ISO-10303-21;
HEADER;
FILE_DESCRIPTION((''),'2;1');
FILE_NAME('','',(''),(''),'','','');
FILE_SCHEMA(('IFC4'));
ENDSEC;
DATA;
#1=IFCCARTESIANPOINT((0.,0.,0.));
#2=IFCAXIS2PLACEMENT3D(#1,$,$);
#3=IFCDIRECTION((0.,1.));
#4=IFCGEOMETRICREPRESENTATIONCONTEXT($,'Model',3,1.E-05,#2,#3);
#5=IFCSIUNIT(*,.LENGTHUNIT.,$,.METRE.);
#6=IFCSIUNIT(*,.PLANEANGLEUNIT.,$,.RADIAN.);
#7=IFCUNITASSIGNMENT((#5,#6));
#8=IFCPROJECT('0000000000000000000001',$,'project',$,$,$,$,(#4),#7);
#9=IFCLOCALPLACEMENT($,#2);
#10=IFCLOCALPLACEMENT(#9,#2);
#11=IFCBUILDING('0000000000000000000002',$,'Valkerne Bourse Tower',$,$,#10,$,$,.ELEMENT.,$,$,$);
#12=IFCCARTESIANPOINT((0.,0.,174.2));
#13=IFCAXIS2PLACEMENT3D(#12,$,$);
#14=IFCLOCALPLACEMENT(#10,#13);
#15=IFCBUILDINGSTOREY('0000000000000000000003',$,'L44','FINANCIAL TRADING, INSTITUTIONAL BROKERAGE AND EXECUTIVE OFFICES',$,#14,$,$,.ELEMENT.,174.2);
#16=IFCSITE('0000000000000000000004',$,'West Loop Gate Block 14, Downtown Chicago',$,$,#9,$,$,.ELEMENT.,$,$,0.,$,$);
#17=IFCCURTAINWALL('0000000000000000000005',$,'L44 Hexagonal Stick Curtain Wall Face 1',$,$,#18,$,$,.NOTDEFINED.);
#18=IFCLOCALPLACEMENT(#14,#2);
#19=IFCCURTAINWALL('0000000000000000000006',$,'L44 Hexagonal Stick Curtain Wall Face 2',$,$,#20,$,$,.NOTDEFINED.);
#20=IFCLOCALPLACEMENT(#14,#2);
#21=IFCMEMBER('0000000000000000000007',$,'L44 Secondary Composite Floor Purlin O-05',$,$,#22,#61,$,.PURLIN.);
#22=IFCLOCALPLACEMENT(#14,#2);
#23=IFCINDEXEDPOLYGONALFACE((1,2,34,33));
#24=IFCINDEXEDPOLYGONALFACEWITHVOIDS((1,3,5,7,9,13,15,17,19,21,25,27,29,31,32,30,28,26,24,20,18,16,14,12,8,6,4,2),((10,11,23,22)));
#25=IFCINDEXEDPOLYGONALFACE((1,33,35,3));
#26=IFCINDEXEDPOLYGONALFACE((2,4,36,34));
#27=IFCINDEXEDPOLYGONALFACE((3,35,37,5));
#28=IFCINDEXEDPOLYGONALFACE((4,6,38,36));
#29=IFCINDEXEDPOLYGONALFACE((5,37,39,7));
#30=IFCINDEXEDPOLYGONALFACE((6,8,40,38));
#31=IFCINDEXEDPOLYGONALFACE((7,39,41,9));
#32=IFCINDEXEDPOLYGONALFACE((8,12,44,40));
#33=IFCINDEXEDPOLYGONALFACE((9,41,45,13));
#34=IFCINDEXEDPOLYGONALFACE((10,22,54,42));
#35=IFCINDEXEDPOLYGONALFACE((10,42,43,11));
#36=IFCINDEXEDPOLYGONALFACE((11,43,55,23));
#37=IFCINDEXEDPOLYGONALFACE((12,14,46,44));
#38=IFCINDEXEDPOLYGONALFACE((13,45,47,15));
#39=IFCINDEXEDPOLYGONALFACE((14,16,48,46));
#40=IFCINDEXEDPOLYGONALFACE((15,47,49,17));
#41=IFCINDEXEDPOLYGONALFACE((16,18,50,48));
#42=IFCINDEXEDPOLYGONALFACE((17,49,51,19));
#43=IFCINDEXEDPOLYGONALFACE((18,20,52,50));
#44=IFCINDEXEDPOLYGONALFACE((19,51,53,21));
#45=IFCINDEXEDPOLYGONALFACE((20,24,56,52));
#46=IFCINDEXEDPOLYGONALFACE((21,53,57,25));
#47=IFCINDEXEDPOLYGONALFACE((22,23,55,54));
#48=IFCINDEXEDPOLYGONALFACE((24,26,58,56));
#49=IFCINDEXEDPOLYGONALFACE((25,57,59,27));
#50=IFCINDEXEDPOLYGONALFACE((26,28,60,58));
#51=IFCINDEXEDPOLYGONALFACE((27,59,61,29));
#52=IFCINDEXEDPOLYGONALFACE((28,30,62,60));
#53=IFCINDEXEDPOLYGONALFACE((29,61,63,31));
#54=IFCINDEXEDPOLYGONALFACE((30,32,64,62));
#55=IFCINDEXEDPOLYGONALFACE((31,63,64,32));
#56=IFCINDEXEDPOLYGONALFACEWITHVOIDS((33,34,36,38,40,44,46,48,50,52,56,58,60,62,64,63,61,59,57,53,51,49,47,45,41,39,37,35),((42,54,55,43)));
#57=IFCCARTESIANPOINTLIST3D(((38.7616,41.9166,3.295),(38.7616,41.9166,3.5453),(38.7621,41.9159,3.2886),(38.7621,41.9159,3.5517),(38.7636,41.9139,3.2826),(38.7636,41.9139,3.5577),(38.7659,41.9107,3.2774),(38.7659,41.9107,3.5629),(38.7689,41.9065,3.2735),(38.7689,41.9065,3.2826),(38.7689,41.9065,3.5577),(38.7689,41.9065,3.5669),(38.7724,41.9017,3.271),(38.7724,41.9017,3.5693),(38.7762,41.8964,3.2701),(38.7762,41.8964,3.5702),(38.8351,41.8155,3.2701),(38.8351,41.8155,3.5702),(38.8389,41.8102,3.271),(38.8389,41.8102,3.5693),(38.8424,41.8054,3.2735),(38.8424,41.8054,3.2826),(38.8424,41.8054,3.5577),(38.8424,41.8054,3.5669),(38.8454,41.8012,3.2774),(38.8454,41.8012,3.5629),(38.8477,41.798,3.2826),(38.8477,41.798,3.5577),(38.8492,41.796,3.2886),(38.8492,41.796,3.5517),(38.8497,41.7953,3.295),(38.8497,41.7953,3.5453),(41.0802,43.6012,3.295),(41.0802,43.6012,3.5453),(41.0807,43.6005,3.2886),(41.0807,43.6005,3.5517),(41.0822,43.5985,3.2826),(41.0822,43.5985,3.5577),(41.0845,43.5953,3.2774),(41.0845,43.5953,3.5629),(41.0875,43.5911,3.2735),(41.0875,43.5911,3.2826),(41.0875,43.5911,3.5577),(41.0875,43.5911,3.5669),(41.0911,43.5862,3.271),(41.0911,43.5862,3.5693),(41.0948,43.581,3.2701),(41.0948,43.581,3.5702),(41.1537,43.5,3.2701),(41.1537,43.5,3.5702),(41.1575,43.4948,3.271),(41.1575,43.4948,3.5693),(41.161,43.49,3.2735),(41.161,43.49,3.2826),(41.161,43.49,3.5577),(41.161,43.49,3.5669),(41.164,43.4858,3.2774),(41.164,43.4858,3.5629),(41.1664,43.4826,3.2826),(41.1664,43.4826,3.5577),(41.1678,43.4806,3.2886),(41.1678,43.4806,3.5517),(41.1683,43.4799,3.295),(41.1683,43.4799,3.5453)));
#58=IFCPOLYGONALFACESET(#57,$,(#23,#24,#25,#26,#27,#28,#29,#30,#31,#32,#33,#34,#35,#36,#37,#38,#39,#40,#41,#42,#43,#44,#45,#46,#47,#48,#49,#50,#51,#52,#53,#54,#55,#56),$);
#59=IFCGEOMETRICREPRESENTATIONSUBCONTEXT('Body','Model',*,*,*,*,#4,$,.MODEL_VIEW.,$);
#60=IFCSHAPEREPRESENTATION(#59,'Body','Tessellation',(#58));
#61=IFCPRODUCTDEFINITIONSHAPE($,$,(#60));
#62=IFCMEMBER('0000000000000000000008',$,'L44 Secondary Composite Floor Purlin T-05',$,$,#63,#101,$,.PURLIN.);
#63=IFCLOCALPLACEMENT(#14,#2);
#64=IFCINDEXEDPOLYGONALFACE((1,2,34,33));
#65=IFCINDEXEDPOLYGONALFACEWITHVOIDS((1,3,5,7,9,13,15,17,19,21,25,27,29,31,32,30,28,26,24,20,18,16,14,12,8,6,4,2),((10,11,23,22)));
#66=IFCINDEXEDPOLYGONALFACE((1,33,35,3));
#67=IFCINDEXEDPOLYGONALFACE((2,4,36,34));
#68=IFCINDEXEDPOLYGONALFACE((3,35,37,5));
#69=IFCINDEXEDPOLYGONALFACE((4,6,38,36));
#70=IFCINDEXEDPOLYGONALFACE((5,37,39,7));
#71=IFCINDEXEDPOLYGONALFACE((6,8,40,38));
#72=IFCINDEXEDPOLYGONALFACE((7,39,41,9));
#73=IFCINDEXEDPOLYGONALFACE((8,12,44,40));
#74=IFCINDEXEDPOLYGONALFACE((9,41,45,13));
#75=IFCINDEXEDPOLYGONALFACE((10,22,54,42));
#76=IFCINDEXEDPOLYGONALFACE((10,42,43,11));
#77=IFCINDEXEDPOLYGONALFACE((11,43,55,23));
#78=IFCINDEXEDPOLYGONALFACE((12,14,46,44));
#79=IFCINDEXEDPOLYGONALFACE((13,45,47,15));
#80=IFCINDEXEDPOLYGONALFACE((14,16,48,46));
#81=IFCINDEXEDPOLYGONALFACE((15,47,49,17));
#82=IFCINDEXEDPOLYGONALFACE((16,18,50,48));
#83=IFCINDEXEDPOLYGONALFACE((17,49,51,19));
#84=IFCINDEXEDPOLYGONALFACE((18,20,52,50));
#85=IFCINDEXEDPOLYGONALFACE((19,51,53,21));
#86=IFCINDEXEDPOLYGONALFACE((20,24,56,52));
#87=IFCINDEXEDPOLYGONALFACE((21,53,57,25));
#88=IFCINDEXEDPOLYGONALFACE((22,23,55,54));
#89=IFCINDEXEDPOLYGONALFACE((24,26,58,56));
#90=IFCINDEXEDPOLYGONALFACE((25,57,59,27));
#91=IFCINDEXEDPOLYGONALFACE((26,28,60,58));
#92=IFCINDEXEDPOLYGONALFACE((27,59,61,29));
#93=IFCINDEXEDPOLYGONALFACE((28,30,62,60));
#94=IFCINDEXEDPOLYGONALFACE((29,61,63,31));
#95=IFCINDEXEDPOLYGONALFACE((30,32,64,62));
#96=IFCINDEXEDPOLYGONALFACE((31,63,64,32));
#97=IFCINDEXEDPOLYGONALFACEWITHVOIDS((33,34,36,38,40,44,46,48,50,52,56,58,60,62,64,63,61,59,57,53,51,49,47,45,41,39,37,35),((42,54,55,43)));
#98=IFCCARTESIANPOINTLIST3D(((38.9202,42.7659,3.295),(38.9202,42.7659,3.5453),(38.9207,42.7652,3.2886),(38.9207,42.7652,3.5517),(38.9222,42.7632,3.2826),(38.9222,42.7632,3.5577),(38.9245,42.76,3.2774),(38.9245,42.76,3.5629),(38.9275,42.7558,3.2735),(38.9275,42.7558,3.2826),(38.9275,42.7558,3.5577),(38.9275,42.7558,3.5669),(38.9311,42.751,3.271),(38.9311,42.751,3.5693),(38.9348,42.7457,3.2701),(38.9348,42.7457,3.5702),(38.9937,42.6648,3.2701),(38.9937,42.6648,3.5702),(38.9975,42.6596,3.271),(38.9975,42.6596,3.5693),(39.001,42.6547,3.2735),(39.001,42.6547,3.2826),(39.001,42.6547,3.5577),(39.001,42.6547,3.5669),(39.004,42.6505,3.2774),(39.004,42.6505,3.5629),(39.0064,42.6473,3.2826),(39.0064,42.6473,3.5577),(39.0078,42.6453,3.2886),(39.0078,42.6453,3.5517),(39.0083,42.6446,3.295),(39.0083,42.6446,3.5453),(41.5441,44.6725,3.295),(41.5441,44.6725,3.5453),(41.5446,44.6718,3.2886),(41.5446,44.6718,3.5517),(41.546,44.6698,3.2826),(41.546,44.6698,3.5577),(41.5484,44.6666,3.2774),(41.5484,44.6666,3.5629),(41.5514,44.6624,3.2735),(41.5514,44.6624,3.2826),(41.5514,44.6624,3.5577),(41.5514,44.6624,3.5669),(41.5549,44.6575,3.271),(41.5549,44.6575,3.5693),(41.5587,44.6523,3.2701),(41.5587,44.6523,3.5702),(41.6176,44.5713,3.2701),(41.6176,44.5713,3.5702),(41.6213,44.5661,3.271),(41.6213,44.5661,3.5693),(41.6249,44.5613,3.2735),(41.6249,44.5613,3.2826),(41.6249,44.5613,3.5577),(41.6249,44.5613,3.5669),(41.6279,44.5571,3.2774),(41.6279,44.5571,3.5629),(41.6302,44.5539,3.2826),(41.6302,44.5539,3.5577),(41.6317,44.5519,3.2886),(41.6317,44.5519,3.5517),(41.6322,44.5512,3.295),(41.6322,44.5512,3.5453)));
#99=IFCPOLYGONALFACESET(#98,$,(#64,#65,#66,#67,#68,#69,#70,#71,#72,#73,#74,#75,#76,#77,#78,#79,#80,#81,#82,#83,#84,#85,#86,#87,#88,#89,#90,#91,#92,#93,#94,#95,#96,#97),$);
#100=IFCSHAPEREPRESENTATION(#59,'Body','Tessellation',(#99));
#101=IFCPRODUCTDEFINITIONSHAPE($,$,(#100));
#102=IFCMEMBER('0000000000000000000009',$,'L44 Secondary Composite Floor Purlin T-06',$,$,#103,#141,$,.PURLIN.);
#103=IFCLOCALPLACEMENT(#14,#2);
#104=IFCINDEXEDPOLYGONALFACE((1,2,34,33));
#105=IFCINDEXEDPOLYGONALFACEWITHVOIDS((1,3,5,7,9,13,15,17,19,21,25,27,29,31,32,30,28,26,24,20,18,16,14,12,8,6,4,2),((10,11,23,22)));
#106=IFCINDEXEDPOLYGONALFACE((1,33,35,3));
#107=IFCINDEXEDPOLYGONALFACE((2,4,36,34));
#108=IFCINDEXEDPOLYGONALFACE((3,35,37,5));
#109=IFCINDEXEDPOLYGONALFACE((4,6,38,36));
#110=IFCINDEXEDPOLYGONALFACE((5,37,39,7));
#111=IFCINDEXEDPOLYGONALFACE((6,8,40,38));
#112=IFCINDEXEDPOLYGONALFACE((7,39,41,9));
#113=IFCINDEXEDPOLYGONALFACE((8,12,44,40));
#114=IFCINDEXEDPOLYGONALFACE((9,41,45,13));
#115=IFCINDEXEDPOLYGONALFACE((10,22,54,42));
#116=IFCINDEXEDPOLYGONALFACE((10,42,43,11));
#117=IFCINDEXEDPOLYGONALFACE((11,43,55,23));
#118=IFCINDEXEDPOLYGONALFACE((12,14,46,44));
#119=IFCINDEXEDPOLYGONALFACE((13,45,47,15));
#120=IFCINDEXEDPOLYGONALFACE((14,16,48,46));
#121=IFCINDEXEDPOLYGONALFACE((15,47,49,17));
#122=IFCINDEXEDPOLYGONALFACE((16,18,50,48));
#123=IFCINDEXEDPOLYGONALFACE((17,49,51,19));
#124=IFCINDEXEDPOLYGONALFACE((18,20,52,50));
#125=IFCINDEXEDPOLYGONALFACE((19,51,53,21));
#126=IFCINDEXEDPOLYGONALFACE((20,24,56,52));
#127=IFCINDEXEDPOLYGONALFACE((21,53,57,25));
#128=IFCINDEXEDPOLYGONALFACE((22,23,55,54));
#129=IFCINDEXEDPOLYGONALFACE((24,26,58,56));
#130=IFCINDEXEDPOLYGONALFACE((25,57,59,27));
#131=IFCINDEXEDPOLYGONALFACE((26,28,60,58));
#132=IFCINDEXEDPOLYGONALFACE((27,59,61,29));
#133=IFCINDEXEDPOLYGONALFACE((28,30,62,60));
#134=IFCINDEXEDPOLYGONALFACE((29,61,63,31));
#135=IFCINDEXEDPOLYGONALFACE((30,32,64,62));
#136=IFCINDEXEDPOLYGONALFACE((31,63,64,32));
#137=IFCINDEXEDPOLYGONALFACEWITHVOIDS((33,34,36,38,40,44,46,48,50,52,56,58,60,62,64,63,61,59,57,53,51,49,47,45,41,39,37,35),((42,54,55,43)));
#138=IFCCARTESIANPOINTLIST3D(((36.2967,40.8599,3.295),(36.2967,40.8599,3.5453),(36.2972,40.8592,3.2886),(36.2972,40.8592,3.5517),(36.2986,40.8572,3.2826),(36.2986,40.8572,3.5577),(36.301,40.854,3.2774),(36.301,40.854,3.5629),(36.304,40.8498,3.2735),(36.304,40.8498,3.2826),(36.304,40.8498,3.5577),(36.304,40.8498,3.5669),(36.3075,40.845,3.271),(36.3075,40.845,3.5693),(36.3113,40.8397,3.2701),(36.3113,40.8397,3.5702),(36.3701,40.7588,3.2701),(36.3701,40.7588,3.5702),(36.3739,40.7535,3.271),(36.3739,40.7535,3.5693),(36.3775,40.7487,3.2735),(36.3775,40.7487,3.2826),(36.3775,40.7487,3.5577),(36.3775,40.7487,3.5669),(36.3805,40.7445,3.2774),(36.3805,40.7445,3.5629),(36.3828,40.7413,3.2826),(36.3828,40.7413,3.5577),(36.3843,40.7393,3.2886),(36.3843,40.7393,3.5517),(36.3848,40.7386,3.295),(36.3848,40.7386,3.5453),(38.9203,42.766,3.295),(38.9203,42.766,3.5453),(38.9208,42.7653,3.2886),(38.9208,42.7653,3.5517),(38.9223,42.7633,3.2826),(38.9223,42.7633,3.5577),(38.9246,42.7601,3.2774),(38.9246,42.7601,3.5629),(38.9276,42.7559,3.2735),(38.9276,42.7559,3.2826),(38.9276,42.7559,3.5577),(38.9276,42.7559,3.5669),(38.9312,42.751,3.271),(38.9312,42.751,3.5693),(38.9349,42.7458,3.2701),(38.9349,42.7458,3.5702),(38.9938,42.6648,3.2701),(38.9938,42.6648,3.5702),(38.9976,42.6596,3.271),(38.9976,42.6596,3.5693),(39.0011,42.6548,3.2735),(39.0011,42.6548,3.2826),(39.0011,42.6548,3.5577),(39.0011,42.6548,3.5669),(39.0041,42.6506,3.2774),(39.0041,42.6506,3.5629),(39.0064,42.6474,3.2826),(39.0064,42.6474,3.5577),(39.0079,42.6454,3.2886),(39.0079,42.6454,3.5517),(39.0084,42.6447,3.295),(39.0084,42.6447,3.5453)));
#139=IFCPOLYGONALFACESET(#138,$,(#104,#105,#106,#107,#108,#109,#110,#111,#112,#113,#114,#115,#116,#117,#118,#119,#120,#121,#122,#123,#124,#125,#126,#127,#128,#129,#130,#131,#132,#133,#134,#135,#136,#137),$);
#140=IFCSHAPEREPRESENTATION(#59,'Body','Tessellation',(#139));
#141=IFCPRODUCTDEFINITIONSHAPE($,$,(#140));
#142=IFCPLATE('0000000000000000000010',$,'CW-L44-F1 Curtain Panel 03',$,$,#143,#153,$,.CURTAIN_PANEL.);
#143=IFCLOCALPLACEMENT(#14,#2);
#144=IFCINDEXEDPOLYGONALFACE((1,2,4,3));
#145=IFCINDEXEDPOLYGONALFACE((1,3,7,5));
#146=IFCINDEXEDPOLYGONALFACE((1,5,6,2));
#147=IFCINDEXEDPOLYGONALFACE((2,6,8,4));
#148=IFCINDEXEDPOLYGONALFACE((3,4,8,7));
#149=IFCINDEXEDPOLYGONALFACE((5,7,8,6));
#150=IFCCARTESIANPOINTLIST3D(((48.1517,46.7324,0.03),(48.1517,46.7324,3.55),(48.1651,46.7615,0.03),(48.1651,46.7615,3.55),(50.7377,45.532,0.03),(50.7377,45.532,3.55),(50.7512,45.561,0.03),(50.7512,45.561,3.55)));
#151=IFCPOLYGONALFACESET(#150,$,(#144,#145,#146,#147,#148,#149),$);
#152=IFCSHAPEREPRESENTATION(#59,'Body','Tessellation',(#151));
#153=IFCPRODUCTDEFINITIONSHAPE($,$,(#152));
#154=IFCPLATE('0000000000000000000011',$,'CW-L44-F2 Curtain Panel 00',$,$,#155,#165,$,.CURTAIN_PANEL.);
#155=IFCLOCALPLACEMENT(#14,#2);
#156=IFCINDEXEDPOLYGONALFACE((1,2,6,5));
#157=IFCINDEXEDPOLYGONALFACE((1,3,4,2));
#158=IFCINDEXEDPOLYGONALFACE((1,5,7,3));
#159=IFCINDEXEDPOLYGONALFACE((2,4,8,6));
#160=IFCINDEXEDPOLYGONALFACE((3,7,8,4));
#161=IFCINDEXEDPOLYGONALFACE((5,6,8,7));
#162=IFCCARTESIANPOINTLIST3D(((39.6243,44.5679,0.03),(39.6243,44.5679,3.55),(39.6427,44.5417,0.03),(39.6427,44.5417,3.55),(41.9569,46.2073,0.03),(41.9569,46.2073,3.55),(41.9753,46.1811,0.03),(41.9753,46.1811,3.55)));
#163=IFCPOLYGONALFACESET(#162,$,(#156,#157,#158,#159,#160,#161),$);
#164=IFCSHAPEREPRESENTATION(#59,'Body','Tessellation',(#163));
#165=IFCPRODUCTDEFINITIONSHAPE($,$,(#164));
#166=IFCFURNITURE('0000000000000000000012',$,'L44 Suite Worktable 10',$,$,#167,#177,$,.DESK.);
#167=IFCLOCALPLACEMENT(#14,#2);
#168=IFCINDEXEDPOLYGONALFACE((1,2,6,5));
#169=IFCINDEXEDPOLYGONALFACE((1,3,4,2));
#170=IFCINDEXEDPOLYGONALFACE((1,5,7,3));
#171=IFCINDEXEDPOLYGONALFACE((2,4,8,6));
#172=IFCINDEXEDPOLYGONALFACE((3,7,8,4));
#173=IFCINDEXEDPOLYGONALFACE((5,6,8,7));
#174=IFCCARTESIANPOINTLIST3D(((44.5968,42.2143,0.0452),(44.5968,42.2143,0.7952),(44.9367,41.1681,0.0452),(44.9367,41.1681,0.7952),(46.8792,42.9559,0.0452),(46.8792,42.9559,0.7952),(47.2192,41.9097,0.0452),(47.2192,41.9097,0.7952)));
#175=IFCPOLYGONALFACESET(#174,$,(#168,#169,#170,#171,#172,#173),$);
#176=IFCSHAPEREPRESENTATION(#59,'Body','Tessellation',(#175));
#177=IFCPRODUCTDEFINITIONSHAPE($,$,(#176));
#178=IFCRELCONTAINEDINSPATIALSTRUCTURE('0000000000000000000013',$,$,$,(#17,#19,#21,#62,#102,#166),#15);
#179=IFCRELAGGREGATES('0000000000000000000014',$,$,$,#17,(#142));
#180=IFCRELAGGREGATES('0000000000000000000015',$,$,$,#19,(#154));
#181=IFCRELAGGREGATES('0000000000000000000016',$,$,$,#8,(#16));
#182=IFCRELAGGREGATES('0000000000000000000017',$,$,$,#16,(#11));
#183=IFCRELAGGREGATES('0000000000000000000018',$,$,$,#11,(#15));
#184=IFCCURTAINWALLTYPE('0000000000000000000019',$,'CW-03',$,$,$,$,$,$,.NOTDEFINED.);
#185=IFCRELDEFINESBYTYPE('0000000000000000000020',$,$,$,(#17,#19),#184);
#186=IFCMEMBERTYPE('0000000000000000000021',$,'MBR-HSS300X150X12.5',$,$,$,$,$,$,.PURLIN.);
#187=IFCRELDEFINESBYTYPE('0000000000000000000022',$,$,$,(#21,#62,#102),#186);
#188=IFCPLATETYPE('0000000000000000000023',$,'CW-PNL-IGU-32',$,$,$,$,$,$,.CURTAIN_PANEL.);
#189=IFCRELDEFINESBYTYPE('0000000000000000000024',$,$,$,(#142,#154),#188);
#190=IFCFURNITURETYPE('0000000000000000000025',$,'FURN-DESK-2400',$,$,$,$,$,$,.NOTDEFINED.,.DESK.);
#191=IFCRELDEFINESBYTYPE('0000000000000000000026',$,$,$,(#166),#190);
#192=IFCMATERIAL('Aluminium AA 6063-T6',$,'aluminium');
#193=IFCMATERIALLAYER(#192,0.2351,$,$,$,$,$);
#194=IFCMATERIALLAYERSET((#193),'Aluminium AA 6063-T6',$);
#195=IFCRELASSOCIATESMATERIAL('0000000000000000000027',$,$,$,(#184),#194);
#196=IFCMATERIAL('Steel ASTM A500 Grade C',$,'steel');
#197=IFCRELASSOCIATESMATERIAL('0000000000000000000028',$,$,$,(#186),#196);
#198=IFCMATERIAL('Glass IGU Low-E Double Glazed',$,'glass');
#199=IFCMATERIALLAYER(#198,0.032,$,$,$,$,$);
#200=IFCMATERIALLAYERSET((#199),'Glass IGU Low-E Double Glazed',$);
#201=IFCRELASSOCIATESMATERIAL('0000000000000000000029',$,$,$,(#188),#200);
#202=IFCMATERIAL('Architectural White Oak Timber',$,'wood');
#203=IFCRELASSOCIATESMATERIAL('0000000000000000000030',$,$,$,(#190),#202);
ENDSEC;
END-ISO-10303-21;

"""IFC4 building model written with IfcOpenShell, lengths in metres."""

from ifc_helpers import new_model, si_unit, direction, frame, origin, origin_2d, place, context, subcontext, project, spatial, rectangle, hollow_rectangle, extrude, material, layer, layer_set, material_profile, profile_set, type_object, element, aggregate, save


model = new_model("IFC4")

# Units and contexts
model_context = context("Model", 3, precision=1e-05, world=origin(), true_north=direction((0.0, 1.0)))
body_context = subcontext(model_context, "Body", "Model", "MODEL_VIEW")
ifc_project = project(units=[si_unit("LENGTHUNIT", "METRE"), si_unit("PLANEANGLEUNIT", "RADIAN")], contexts=[model_context])

# Site, building, storey
site_placement = place(None, origin())
site = spatial("IfcSite", under=ifc_project, at=site_placement, Name="West Loop Gate Block 14, Downtown Chicago", CompositionType="ELEMENT", RefElevation=0.0)
building_placement = place(site_placement, origin())
building = spatial("IfcBuilding", under=site, at=building_placement, Name="Valkerne Bourse Tower", CompositionType="ELEMENT")
storey_placement = place(building_placement, frame((0.0, 0.0, 174.2)))
storey = spatial("IfcBuildingStorey", under=building, at=storey_placement, Name="L44", Description="FINANCIAL TRADING, INSTITUTIONAL BROKERAGE AND EXECUTIVE OFFICES", CompositionType="ELEMENT", Elevation=174.2)

# Curtain walls
ifc_material_1 = material(Name="Aluminium AA 6063-T6", Category="aluminium")
ifc_layer_1 = layer(ifc_material_1, 0.2351)
ifc_layer_set_1 = layer_set([ifc_layer_1], Name="Aluminium AA 6063-T6")
curtain_wall_type = type_object("IfcCurtainWallType", Name="CW-03", PredefinedType="NOTDEFINED", material=ifc_layer_set_1)
curtain_wall_1_placement = place(storey_placement, origin())
curtain_wall_1 = element("IfcCurtainWall", 1, at=curtain_wall_1_placement, inside=storey, type_object=curtain_wall_type, Name="L44 Hexagonal Stick Curtain Wall Face 1", PredefinedType="NOTDEFINED")
curtain_wall_2_placement = place(storey_placement, origin())
curtain_wall_2 = element("IfcCurtainWall", 2, at=curtain_wall_2_placement, inside=storey, type_object=curtain_wall_type, Name="L44 Hexagonal Stick Curtain Wall Face 2", PredefinedType="NOTDEFINED")

# Members
ifc_material_2 = material(Name="Steel ASTM A500 Grade C", Category="steel")
ifc_material_profile_1 = material_profile(ifc_material_2, hollow_rectangle(XDim=0.1499, YDim=0.3, WallThickness=0.0125, OuterFilletRadius=0.0249, at=origin_2d()), Name="HSS300X150X12.5")
ifc_profile_set_1 = profile_set([ifc_material_profile_1], Name="Steel ASTM A500 Grade C")
member_type_1 = type_object("IfcMemberType", Name="MBR-HSS300X150X12.5", PredefinedType="PURLIN", material=ifc_profile_set_1)
member_1_placement = place(storey_placement, frame((41.1243, 43.5405, 3.4202), z_axis=(-0.809016, -0.587787, 0.0), x_axis=(0.587787, -0.809016, 0.0)))
element("IfcMember", 3, at=member_1_placement, inside=storey, type_object=member_type_1, Name="L44 Secondary Composite Floor Purlin O-05", PredefinedType="PURLIN", context=body_context, shape_type="SweptSolid", body=[
    extrude(hollow_rectangle(XDim=0.1499, YDim=0.3, WallThickness=0.0125, OuterFilletRadius=0.0249, at=origin_2d()), origin(), (0.0, 0.0, 1.0), 2.866),
])
member_2_placement = place(storey_placement, frame((41.5881, 44.6118, 3.4202), z_axis=(-0.808987, -0.587827, 0.0), x_axis=(0.587827, -0.808987, 0.0)))
element("IfcMember", 4, at=member_2_placement, inside=storey, type_object=member_type_1, Name="L44 Secondary Composite Floor Purlin T-05", PredefinedType="PURLIN", context=body_context, shape_type="SweptSolid", body=[
    extrude(hollow_rectangle(XDim=0.1499, YDim=0.3, WallThickness=0.0125, OuterFilletRadius=0.0249, at=origin_2d()), origin(), (0.0, 0.0, 1.0), 3.2434),
])
member_3_placement = place(storey_placement, frame((38.9644, 42.7053, 3.4202), z_axis=(-0.809032, -0.587764, 0.0), x_axis=(0.587764, -0.809032, 0.0)))
element("IfcMember", 5, at=member_3_placement, inside=storey, type_object=member_type_1, Name="L44 Secondary Composite Floor Purlin T-06", PredefinedType="PURLIN", context=body_context, shape_type="SweptSolid", body=[
    extrude(hollow_rectangle(XDim=0.1499, YDim=0.3, WallThickness=0.0125, OuterFilletRadius=0.0249, at=origin_2d()), origin(), (0.0, 0.0, 1.0), 3.2429),
])

# Plates
ifc_material_3 = material(Name="Glass IGU Low-E Double Glazed", Category="glass")
ifc_layer_2 = layer(ifc_material_3, 0.032)
ifc_layer_set_2 = layer_set([ifc_layer_2], Name="Glass IGU Low-E Double Glazed")
plate_type = type_object("IfcPlateType", Name="CW-PNL-IGU-32", PredefinedType="CURTAIN_PANEL", material=ifc_layer_set_2)
plate_1_placement = place(storey_placement, frame((49.4514, 46.1467, 0.03), z_axis=(0.0, 0.0, 1.0), x_axis=(-0.907038, 0.421048, 0.0)))
plate_1 = element("IfcPlate", 6, at=plate_1_placement, type_object=plate_type, Name="CW-L44-F1 Curtain Panel 03", PredefinedType="CURTAIN_PANEL", context=body_context, shape_type="SweptSolid", body=[
    extrude(rectangle(XDim=2.8511, YDim=0.032, at=origin_2d()), origin(), (0.0, 0.0, 1.0), 3.52),
])
aggregate(curtain_wall_1, [plate_1])
plate_2_placement = place(storey_placement, frame((40.7998, 45.3745, 0.03), z_axis=(0.0, 0.0, 1.0), x_axis=(-0.818139, -0.57502, 0.0)))
plate_2 = element("IfcPlate", 7, at=plate_2_placement, type_object=plate_type, Name="CW-L44-F2 Curtain Panel 00", PredefinedType="CURTAIN_PANEL", context=body_context, shape_type="SweptSolid", body=[
    extrude(rectangle(XDim=2.8511, YDim=0.032, at=origin_2d()), origin(), (0.0, 0.0, 1.0), 3.52),
])
aggregate(curtain_wall_2, [plate_2])

# Furniture
ifc_material_4 = material(Name="Architectural White Oak Timber", Category="wood")
furniture_type = type_object("IfcFurnitureType", Name="FURN-DESK-2400", AssemblyPlace="NOTDEFINED", PredefinedType="DESK", material=ifc_material_4)
furniture_placement = place(storey_placement, frame((45.908, 42.062, 0.0452), z_axis=(0.0, 0.0, 1.0), x_axis=(0.951057, 0.309017, 0.0)))
element("IfcFurniture", 8, at=furniture_placement, inside=storey, type_object=furniture_type, Name="L44 Suite Worktable 10", PredefinedType="DESK", context=body_context, shape_type="SweptSolid", body=[
    extrude(rectangle(XDim=2.3999, YDim=1.1001, at=origin_2d()), origin(), (0.0, 0.0, 1.0), 0.75),
])

save(model, "model.ifc")
